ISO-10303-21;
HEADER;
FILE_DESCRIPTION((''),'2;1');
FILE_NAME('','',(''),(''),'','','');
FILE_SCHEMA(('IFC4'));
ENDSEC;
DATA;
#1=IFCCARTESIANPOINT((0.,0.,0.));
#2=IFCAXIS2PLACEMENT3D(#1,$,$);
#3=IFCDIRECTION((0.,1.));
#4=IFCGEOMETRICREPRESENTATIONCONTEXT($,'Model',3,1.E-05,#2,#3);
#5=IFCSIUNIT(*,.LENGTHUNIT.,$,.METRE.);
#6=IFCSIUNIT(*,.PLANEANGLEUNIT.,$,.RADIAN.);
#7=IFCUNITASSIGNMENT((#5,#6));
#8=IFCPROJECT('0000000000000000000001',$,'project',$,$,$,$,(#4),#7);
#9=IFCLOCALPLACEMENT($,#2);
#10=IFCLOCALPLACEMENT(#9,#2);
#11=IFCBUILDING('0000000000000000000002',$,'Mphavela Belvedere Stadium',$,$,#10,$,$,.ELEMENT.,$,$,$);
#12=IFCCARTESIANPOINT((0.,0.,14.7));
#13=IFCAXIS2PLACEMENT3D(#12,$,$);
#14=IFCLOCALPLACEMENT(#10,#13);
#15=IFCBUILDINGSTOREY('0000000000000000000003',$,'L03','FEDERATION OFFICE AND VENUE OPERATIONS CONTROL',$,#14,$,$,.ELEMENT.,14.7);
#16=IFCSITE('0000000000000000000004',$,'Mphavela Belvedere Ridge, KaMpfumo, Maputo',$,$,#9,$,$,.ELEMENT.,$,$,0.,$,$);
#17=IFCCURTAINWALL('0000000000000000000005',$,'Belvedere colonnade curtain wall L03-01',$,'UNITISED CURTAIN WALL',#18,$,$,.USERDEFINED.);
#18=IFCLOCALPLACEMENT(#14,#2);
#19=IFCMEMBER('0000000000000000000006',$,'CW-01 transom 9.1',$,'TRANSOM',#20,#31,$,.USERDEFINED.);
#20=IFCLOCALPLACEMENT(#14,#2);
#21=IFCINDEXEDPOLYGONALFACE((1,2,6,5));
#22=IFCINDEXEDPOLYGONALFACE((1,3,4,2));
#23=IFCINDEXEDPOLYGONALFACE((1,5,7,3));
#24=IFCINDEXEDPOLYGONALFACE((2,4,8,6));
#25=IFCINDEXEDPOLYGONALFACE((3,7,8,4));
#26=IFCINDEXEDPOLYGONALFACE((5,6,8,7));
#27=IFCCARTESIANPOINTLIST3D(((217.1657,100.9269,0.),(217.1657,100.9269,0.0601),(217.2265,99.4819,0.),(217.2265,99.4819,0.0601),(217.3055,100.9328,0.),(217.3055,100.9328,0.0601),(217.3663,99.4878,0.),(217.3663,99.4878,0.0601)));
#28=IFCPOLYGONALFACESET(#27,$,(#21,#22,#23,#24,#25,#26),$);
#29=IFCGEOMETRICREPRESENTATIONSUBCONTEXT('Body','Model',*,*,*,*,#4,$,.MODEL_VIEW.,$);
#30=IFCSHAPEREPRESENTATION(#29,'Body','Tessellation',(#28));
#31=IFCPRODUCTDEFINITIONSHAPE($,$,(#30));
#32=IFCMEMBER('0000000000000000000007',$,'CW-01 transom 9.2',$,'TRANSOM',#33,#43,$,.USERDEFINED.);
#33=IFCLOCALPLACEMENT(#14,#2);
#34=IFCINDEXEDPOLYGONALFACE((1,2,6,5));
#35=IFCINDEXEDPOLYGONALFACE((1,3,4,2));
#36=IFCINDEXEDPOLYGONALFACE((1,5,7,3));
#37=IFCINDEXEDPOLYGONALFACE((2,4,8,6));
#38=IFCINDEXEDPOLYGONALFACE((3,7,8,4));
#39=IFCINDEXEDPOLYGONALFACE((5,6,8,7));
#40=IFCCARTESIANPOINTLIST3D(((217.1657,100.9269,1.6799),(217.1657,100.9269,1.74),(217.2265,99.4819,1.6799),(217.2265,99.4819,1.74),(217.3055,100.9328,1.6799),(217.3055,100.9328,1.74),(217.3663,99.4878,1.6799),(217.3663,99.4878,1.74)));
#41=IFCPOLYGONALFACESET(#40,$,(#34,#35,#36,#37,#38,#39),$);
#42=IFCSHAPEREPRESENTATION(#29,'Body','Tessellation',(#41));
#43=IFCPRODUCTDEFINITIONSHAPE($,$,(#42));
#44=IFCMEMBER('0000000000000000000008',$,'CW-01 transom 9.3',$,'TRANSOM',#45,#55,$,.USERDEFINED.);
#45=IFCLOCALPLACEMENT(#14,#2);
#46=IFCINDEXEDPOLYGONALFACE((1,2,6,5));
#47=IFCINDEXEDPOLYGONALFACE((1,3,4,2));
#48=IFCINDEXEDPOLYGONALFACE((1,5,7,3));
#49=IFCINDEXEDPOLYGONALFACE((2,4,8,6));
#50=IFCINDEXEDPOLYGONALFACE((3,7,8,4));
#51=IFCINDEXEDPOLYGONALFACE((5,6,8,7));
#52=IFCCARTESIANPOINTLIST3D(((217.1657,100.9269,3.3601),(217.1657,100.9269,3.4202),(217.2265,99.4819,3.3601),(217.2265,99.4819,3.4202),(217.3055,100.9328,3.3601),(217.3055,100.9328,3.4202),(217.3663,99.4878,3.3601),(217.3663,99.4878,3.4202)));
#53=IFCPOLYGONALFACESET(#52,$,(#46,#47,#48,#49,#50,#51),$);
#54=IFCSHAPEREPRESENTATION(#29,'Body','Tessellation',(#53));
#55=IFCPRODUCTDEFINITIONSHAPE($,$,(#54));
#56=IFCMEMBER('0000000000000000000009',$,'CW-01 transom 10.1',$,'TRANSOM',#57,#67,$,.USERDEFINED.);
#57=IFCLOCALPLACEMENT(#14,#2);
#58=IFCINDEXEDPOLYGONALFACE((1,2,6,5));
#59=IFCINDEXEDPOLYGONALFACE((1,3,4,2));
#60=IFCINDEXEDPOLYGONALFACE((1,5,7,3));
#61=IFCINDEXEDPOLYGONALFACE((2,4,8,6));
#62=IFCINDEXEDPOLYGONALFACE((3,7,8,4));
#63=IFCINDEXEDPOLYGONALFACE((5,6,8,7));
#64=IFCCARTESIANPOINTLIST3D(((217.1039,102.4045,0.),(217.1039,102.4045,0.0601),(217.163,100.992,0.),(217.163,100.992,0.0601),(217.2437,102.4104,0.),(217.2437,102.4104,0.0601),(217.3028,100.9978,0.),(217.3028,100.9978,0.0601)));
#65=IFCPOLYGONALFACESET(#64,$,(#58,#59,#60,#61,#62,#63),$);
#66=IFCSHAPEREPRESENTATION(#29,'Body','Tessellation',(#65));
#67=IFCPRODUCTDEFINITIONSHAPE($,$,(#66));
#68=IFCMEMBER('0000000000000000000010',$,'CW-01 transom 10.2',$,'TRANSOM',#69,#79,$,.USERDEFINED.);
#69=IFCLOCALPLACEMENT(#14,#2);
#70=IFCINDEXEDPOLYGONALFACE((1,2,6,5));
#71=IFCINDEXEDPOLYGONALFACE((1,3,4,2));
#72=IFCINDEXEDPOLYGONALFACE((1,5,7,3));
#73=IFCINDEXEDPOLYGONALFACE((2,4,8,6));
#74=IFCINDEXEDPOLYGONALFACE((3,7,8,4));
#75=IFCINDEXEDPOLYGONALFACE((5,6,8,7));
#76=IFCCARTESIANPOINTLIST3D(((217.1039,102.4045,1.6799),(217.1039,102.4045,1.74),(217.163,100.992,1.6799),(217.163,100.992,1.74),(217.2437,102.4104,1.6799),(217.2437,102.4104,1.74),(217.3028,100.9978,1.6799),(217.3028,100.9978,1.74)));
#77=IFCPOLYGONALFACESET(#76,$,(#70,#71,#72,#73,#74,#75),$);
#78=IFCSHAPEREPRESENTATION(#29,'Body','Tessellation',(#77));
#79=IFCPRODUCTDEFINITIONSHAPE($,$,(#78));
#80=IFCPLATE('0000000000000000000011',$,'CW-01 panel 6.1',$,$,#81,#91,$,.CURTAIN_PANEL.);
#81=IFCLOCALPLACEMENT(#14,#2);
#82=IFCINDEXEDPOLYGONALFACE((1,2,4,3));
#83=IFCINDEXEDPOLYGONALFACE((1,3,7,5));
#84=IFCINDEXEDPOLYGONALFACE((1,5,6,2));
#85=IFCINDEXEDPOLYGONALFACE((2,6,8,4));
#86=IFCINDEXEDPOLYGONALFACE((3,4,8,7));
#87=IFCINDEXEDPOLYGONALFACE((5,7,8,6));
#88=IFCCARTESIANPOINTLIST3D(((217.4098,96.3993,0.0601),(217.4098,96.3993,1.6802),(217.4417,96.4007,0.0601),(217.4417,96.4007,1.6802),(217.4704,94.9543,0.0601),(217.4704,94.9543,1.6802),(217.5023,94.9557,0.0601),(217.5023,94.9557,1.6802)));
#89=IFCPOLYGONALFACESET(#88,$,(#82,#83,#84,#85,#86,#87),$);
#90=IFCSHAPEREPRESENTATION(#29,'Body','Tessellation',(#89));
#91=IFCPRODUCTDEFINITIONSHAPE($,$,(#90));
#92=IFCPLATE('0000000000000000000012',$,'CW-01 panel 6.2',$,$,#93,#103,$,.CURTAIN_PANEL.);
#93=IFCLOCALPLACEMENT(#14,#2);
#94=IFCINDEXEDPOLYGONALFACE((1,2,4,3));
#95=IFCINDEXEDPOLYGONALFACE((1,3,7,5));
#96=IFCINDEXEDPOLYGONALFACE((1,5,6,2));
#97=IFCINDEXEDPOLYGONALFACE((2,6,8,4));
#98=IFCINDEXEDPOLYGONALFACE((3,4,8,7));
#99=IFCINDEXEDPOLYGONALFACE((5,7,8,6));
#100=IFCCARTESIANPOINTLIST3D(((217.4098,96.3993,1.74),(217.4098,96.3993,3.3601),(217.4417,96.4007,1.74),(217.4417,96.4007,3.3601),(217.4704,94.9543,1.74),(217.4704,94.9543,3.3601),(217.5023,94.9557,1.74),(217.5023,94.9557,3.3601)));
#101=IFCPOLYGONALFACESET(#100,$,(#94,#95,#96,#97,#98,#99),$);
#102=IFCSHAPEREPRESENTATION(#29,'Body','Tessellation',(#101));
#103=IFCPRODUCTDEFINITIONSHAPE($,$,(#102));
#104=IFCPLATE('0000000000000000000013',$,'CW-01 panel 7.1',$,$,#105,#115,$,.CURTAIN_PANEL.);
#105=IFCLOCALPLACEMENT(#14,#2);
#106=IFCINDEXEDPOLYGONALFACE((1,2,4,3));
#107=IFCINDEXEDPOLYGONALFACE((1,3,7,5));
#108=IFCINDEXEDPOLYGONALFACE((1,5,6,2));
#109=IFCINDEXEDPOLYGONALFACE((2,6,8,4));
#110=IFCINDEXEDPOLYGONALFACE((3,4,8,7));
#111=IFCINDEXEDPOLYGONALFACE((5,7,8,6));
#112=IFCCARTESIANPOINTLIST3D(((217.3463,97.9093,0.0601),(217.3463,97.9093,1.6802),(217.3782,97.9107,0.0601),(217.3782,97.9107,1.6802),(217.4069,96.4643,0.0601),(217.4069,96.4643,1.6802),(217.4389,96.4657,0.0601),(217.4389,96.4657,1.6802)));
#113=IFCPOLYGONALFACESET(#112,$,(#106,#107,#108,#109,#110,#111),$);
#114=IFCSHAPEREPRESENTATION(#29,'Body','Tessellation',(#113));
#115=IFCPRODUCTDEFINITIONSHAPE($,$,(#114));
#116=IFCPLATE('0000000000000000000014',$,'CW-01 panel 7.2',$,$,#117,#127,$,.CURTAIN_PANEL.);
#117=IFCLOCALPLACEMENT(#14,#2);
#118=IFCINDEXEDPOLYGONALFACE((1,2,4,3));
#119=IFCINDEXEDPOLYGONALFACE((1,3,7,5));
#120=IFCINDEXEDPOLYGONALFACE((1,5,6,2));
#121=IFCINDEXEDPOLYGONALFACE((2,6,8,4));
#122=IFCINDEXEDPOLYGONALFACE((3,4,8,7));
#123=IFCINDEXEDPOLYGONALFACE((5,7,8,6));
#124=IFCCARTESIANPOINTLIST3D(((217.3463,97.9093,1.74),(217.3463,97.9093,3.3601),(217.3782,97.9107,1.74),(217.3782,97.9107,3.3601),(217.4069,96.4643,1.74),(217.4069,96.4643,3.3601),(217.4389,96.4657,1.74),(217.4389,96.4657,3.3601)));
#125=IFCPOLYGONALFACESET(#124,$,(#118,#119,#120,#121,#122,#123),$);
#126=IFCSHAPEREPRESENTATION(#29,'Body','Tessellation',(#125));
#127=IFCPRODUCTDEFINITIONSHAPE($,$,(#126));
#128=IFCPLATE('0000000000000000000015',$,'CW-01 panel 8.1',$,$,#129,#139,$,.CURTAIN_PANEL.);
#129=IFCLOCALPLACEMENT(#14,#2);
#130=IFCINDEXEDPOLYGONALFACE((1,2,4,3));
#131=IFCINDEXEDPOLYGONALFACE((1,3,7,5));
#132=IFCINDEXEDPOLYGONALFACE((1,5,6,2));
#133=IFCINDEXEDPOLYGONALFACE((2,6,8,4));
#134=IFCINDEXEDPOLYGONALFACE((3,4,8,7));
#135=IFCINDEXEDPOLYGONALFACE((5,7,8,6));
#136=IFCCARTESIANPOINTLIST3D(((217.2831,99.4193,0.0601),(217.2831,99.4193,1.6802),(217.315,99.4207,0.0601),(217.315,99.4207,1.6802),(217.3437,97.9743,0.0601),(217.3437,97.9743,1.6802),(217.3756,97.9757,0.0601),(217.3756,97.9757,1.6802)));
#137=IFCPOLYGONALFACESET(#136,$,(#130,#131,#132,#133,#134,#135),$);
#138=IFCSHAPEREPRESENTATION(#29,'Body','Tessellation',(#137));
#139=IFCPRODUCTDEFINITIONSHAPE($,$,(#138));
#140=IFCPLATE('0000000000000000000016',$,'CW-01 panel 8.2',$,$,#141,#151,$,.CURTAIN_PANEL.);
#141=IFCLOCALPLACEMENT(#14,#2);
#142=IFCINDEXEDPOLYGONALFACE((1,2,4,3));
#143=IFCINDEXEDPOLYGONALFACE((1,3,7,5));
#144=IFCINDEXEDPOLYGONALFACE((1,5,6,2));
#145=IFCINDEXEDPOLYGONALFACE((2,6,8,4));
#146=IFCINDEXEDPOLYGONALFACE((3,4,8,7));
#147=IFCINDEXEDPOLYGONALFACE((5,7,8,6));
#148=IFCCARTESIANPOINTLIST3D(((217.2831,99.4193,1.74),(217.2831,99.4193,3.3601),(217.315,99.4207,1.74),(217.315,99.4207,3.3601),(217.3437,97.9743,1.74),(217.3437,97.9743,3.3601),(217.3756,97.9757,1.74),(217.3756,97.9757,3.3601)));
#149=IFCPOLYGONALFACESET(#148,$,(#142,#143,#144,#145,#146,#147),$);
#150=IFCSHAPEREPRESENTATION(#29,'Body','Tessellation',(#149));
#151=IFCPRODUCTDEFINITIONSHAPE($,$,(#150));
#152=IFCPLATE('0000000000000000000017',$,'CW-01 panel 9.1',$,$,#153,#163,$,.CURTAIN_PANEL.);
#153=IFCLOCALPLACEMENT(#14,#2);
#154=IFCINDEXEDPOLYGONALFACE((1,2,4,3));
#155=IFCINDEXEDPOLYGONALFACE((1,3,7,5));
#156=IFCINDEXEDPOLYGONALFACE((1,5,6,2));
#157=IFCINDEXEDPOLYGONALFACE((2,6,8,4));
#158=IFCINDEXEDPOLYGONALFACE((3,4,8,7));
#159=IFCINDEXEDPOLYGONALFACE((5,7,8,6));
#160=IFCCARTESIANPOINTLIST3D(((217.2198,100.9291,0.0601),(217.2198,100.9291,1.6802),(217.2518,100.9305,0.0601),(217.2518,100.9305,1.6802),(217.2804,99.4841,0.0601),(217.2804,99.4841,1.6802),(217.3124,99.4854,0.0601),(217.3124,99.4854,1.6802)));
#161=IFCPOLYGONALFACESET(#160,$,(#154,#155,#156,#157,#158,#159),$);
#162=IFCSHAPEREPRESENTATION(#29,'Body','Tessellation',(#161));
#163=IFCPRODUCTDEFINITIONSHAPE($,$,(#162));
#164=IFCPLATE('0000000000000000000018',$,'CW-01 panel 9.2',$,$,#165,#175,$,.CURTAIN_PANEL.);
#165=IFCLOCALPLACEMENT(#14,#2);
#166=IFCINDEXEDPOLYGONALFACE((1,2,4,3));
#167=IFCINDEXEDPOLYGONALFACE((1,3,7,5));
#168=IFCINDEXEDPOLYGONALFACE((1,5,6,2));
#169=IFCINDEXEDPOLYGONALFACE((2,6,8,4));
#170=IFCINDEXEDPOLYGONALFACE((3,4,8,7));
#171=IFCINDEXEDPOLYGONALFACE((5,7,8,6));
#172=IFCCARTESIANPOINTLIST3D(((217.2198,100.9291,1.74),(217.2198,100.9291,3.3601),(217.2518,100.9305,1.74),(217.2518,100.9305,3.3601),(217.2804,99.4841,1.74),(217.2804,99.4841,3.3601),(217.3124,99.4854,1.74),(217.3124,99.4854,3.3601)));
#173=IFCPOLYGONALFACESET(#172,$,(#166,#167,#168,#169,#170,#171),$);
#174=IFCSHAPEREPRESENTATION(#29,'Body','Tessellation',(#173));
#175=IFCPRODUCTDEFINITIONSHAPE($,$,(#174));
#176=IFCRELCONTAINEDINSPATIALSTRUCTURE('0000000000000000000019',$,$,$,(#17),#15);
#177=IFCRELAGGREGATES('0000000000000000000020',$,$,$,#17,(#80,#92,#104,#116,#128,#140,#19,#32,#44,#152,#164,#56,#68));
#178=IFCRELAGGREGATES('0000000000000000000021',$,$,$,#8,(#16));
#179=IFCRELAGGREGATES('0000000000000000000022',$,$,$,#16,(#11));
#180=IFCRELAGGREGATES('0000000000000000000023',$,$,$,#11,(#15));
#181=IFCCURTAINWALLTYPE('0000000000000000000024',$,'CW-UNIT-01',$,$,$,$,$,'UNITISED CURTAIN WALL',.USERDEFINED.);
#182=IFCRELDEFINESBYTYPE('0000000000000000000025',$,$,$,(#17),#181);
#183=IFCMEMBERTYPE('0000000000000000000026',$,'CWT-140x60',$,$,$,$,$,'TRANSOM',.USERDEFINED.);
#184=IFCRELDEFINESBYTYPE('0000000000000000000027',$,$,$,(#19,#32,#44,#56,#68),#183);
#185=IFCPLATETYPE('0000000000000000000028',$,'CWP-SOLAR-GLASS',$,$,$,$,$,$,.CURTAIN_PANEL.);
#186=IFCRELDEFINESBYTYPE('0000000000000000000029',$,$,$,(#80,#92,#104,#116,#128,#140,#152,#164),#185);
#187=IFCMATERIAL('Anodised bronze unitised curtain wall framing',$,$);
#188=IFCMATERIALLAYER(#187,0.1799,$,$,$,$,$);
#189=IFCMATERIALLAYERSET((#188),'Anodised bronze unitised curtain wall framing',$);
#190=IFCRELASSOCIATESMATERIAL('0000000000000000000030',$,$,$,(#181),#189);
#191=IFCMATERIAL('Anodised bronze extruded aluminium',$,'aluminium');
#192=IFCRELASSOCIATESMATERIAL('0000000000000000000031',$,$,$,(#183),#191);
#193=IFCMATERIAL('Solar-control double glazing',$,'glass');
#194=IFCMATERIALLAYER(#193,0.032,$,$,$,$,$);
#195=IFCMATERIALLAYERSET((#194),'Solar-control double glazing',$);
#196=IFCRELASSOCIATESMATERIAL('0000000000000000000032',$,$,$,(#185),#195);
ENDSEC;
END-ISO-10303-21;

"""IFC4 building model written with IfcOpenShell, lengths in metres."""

from ifc_helpers import new_model, si_unit, direction, frame, origin, origin_2d, place, context, subcontext, project, spatial, rectangle, extrude, material, layer, layer_set, material_profile, profile_set, type_object, element, aggregate, save


model = new_model("IFC4")

# Units and contexts
model_context = context("Model", 3, precision=1e-05, world=origin(), true_north=direction((0.0, 1.0)))
body_context = subcontext(model_context, "Body", "Model", "MODEL_VIEW")
ifc_project = project(units=[si_unit("LENGTHUNIT", "METRE"), si_unit("PLANEANGLEUNIT", "RADIAN")], contexts=[model_context])

# Site, building, storey
site_placement = place(None, origin())
site = spatial("IfcSite", under=ifc_project, at=site_placement, Name="Mphavela Belvedere Ridge, KaMpfumo, Maputo", CompositionType="ELEMENT", RefElevation=0.0)
building_placement = place(site_placement, origin())
building = spatial("IfcBuilding", under=site, at=building_placement, Name="Mphavela Belvedere Stadium", CompositionType="ELEMENT")
storey_placement = place(building_placement, frame((0.0, 0.0, 14.7)))
storey = spatial("IfcBuildingStorey", under=building, at=storey_placement, Name="L03", Description="FEDERATION OFFICE AND VENUE OPERATIONS CONTROL", CompositionType="ELEMENT", Elevation=14.7)

# Curtain wall, members, plates
ifc_material_1 = material(Name="Anodised bronze unitised curtain wall framing")
ifc_layer_1 = layer(ifc_material_1, 0.1799)
ifc_layer_set_1 = layer_set([ifc_layer_1], Name="Anodised bronze unitised curtain wall framing")
curtain_wall_type = type_object("IfcCurtainWallType", Name="CW-UNIT-01", ElementType="UNITISED CURTAIN WALL", PredefinedType="USERDEFINED", material=ifc_layer_set_1)
curtain_wall_placement = place(storey_placement, origin())
curtain_wall = element("IfcCurtainWall", 1, at=curtain_wall_placement, inside=storey, type_object=curtain_wall_type, Name="Belvedere colonnade curtain wall L03-01", ObjectType="UNITISED CURTAIN WALL", PredefinedType="USERDEFINED")
ifc_material_2 = material(Name="Anodised bronze extruded aluminium", Category="aluminium")
ifc_material_profile_1 = material_profile(ifc_material_2, rectangle(XDim=0.1399, YDim=0.0601, at=origin_2d()), Name="CW-TRN 140x60")
ifc_profile_set_1 = profile_set([ifc_material_profile_1], Name="Anodised bronze extruded aluminium")
member_type_1 = type_object("IfcMemberType", Name="CWT-140x60", ElementType="TRANSOM", PredefinedType="USERDEFINED", material=ifc_profile_set_1)
member_1_placement = place(storey_placement, frame((217.2964, 99.4849, 0.03), z_axis=(-0.042031, 0.999116, 0.0), x_axis=(-0.999116, -0.042031, 0.0)))
member_1 = element("IfcMember", 2, at=member_1_placement, type_object=member_type_1, Name="CW-01 transom 9.1", ObjectType="TRANSOM", PredefinedType="USERDEFINED", context=body_context, shape_type="SweptSolid", body=[
    extrude(rectangle(XDim=0.1399, YDim=0.0601, at=origin_2d()), origin(), (0.0, 0.0, 1.0), 1.4463),
])
member_2_placement = place(storey_placement, frame((217.2964, 99.4849, 1.71), z_axis=(-0.042031, 0.999116, 0.0), x_axis=(-0.999116, -0.042031, 0.0)))
member_2 = element("IfcMember", 3, at=member_2_placement, type_object=member_type_1, Name="CW-01 transom 9.2", ObjectType="TRANSOM", PredefinedType="USERDEFINED", context=body_context, shape_type="SweptSolid", body=[
    extrude(rectangle(XDim=0.1399, YDim=0.0601, at=origin_2d()), origin(), (0.0, 0.0, 1.0), 1.4463),
])
member_3_placement = place(storey_placement, frame((217.2964, 99.4849, 3.3901), z_axis=(-0.042031, 0.999116, 0.0), x_axis=(-0.999116, -0.042031, 0.0)))
member_3 = element("IfcMember", 4, at=member_3_placement, type_object=member_type_1, Name="CW-01 transom 9.3", ObjectType="TRANSOM", PredefinedType="USERDEFINED", context=body_context, shape_type="SweptSolid", body=[
    extrude(rectangle(XDim=0.1399, YDim=0.0601, at=origin_2d()), origin(), (0.0, 0.0, 1.0), 1.4463),
])
member_4_placement = place(storey_placement, frame((217.2329, 100.9949, 0.03), z_axis=(-0.041789, 0.999126, 0.0), x_axis=(-0.999126, -0.041789, 0.0)))
member_4 = element("IfcMember", 5, at=member_4_placement, type_object=member_type_1, Name="CW-01 transom 10.1", ObjectType="TRANSOM", PredefinedType="USERDEFINED", context=body_context, shape_type="SweptSolid", body=[
    extrude(rectangle(XDim=0.1399, YDim=0.0601, at=origin_2d()), origin(), (0.0, 0.0, 1.0), 1.4138),
])
member_5_placement = place(storey_placement, frame((217.2329, 100.9949, 1.71), z_axis=(-0.041789, 0.999126, 0.0), x_axis=(-0.999126, -0.041789, 0.0)))
member_5 = element("IfcMember", 6, at=member_5_placement, type_object=member_type_1, Name="CW-01 transom 10.2", ObjectType="TRANSOM", PredefinedType="USERDEFINED", context=body_context, shape_type="SweptSolid", body=[
    extrude(rectangle(XDim=0.1399, YDim=0.0601, at=origin_2d()), origin(), (0.0, 0.0, 1.0), 1.4138),
])
ifc_material_3 = material(Name="Solar-control double glazing", Category="glass")
ifc_layer_2 = layer(ifc_material_3, 0.032)
ifc_layer_set_2 = layer_set([ifc_layer_2], Name="Solar-control double glazing")
plate_type = type_object("IfcPlateType", Name="CWP-SOLAR-GLASS", PredefinedType="CURTAIN_PANEL", material=ifc_layer_set_2)
plate_1_placement = place(storey_placement, frame((217.4561, 95.6775, 0.0601), z_axis=(0.0, 0.0, 1.0), x_axis=(-0.041911, 0.999121, 0.0)))
plate_1 = element("IfcPlate", 7, at=plate_1_placement, type_object=plate_type, Name="CW-01 panel 6.1", PredefinedType="CURTAIN_PANEL", context=body_context, shape_type="SweptSolid", body=[
    extrude(rectangle(XDim=1.4463, YDim=0.032, at=origin_2d()), origin(), (0.0, 0.0, 1.0), 1.6201),
])
plate_2_placement = place(storey_placement, frame((217.4561, 95.6775, 1.74), z_axis=(0.0, 0.0, 1.0), x_axis=(-0.041911, 0.999121, 0.0)))
plate_2 = element("IfcPlate", 8, at=plate_2_placement, type_object=plate_type, Name="CW-01 panel 6.2", PredefinedType="CURTAIN_PANEL", context=body_context, shape_type="SweptSolid", body=[
    extrude(rectangle(XDim=1.4463, YDim=0.032, at=origin_2d()), origin(), (0.0, 0.0, 1.0), 1.6201),
])
plate_3_placement = place(storey_placement, frame((217.3926, 97.1875, 0.0601), z_axis=(0.0, 0.0, 1.0), x_axis=(-0.041911, 0.999121, 0.0)))
plate_3 = element("IfcPlate", 9, at=plate_3_placement, type_object=plate_type, Name="CW-01 panel 7.1", PredefinedType="CURTAIN_PANEL", context=body_context, shape_type="SweptSolid", body=[
    extrude(rectangle(XDim=1.4463, YDim=0.032, at=origin_2d()), origin(), (0.0, 0.0, 1.0), 1.6201),
])
plate_4_placement = place(storey_placement, frame((217.3926, 97.1875, 1.74), z_axis=(0.0, 0.0, 1.0), x_axis=(-0.041911, 0.999121, 0.0)))
plate_4 = element("IfcPlate", 10, at=plate_4_placement, type_object=plate_type, Name="CW-01 panel 7.2", PredefinedType="CURTAIN_PANEL", context=body_context, shape_type="SweptSolid", body=[
    extrude(rectangle(XDim=1.4463, YDim=0.032, at=origin_2d()), origin(), (0.0, 0.0, 1.0), 1.6201),
])
plate_5_placement = place(storey_placement, frame((217.3293, 98.6975, 0.0601), z_axis=(0.0, 0.0, 1.0), x_axis=(-0.041911, 0.999121, 0.0)))
plate_5 = element("IfcPlate", 11, at=plate_5_placement, type_object=plate_type, Name="CW-01 panel 8.1", PredefinedType="CURTAIN_PANEL", context=body_context, shape_type="SweptSolid", body=[
    extrude(rectangle(XDim=1.4463, YDim=0.032, at=origin_2d()), origin(), (0.0, 0.0, 1.0), 1.6201),
])
plate_6_placement = place(storey_placement, frame((217.3293, 98.6975, 1.74), z_axis=(0.0, 0.0, 1.0), x_axis=(-0.041911, 0.999121, 0.0)))
plate_6 = element("IfcPlate", 12, at=plate_6_placement, type_object=plate_type, Name="CW-01 panel 8.2", PredefinedType="CURTAIN_PANEL", context=body_context, shape_type="SweptSolid", body=[
    extrude(rectangle(XDim=1.4463, YDim=0.032, at=origin_2d()), origin(), (0.0, 0.0, 1.0), 1.6201),
])
plate_7_placement = place(storey_placement, frame((217.2661, 100.2073, 0.0601), z_axis=(0.0, 0.0, 1.0), x_axis=(-0.041911, 0.999121, 0.0)))
plate_7 = element("IfcPlate", 13, at=plate_7_placement, type_object=plate_type, Name="CW-01 panel 9.1", PredefinedType="CURTAIN_PANEL", context=body_context, shape_type="SweptSolid", body=[
    extrude(rectangle(XDim=1.4463, YDim=0.032, at=origin_2d()), origin(), (0.0, 0.0, 1.0), 1.6201),
])
plate_8_placement = place(storey_placement, frame((217.2661, 100.2073, 1.74), z_axis=(0.0, 0.0, 1.0), x_axis=(-0.041911, 0.999121, 0.0)))
plate_8 = element("IfcPlate", 14, at=plate_8_placement, type_object=plate_type, Name="CW-01 panel 9.2", PredefinedType="CURTAIN_PANEL", context=body_context, shape_type="SweptSolid", body=[
    extrude(rectangle(XDim=1.4463, YDim=0.032, at=origin_2d()), origin(), (0.0, 0.0, 1.0), 1.6201),
])
aggregate(curtain_wall, [plate_1, plate_2, plate_3, plate_4, plate_5, plate_6, member_1, member_2, member_3, plate_7, plate_8, member_4, member_5])

save(model, "model.ifc")
